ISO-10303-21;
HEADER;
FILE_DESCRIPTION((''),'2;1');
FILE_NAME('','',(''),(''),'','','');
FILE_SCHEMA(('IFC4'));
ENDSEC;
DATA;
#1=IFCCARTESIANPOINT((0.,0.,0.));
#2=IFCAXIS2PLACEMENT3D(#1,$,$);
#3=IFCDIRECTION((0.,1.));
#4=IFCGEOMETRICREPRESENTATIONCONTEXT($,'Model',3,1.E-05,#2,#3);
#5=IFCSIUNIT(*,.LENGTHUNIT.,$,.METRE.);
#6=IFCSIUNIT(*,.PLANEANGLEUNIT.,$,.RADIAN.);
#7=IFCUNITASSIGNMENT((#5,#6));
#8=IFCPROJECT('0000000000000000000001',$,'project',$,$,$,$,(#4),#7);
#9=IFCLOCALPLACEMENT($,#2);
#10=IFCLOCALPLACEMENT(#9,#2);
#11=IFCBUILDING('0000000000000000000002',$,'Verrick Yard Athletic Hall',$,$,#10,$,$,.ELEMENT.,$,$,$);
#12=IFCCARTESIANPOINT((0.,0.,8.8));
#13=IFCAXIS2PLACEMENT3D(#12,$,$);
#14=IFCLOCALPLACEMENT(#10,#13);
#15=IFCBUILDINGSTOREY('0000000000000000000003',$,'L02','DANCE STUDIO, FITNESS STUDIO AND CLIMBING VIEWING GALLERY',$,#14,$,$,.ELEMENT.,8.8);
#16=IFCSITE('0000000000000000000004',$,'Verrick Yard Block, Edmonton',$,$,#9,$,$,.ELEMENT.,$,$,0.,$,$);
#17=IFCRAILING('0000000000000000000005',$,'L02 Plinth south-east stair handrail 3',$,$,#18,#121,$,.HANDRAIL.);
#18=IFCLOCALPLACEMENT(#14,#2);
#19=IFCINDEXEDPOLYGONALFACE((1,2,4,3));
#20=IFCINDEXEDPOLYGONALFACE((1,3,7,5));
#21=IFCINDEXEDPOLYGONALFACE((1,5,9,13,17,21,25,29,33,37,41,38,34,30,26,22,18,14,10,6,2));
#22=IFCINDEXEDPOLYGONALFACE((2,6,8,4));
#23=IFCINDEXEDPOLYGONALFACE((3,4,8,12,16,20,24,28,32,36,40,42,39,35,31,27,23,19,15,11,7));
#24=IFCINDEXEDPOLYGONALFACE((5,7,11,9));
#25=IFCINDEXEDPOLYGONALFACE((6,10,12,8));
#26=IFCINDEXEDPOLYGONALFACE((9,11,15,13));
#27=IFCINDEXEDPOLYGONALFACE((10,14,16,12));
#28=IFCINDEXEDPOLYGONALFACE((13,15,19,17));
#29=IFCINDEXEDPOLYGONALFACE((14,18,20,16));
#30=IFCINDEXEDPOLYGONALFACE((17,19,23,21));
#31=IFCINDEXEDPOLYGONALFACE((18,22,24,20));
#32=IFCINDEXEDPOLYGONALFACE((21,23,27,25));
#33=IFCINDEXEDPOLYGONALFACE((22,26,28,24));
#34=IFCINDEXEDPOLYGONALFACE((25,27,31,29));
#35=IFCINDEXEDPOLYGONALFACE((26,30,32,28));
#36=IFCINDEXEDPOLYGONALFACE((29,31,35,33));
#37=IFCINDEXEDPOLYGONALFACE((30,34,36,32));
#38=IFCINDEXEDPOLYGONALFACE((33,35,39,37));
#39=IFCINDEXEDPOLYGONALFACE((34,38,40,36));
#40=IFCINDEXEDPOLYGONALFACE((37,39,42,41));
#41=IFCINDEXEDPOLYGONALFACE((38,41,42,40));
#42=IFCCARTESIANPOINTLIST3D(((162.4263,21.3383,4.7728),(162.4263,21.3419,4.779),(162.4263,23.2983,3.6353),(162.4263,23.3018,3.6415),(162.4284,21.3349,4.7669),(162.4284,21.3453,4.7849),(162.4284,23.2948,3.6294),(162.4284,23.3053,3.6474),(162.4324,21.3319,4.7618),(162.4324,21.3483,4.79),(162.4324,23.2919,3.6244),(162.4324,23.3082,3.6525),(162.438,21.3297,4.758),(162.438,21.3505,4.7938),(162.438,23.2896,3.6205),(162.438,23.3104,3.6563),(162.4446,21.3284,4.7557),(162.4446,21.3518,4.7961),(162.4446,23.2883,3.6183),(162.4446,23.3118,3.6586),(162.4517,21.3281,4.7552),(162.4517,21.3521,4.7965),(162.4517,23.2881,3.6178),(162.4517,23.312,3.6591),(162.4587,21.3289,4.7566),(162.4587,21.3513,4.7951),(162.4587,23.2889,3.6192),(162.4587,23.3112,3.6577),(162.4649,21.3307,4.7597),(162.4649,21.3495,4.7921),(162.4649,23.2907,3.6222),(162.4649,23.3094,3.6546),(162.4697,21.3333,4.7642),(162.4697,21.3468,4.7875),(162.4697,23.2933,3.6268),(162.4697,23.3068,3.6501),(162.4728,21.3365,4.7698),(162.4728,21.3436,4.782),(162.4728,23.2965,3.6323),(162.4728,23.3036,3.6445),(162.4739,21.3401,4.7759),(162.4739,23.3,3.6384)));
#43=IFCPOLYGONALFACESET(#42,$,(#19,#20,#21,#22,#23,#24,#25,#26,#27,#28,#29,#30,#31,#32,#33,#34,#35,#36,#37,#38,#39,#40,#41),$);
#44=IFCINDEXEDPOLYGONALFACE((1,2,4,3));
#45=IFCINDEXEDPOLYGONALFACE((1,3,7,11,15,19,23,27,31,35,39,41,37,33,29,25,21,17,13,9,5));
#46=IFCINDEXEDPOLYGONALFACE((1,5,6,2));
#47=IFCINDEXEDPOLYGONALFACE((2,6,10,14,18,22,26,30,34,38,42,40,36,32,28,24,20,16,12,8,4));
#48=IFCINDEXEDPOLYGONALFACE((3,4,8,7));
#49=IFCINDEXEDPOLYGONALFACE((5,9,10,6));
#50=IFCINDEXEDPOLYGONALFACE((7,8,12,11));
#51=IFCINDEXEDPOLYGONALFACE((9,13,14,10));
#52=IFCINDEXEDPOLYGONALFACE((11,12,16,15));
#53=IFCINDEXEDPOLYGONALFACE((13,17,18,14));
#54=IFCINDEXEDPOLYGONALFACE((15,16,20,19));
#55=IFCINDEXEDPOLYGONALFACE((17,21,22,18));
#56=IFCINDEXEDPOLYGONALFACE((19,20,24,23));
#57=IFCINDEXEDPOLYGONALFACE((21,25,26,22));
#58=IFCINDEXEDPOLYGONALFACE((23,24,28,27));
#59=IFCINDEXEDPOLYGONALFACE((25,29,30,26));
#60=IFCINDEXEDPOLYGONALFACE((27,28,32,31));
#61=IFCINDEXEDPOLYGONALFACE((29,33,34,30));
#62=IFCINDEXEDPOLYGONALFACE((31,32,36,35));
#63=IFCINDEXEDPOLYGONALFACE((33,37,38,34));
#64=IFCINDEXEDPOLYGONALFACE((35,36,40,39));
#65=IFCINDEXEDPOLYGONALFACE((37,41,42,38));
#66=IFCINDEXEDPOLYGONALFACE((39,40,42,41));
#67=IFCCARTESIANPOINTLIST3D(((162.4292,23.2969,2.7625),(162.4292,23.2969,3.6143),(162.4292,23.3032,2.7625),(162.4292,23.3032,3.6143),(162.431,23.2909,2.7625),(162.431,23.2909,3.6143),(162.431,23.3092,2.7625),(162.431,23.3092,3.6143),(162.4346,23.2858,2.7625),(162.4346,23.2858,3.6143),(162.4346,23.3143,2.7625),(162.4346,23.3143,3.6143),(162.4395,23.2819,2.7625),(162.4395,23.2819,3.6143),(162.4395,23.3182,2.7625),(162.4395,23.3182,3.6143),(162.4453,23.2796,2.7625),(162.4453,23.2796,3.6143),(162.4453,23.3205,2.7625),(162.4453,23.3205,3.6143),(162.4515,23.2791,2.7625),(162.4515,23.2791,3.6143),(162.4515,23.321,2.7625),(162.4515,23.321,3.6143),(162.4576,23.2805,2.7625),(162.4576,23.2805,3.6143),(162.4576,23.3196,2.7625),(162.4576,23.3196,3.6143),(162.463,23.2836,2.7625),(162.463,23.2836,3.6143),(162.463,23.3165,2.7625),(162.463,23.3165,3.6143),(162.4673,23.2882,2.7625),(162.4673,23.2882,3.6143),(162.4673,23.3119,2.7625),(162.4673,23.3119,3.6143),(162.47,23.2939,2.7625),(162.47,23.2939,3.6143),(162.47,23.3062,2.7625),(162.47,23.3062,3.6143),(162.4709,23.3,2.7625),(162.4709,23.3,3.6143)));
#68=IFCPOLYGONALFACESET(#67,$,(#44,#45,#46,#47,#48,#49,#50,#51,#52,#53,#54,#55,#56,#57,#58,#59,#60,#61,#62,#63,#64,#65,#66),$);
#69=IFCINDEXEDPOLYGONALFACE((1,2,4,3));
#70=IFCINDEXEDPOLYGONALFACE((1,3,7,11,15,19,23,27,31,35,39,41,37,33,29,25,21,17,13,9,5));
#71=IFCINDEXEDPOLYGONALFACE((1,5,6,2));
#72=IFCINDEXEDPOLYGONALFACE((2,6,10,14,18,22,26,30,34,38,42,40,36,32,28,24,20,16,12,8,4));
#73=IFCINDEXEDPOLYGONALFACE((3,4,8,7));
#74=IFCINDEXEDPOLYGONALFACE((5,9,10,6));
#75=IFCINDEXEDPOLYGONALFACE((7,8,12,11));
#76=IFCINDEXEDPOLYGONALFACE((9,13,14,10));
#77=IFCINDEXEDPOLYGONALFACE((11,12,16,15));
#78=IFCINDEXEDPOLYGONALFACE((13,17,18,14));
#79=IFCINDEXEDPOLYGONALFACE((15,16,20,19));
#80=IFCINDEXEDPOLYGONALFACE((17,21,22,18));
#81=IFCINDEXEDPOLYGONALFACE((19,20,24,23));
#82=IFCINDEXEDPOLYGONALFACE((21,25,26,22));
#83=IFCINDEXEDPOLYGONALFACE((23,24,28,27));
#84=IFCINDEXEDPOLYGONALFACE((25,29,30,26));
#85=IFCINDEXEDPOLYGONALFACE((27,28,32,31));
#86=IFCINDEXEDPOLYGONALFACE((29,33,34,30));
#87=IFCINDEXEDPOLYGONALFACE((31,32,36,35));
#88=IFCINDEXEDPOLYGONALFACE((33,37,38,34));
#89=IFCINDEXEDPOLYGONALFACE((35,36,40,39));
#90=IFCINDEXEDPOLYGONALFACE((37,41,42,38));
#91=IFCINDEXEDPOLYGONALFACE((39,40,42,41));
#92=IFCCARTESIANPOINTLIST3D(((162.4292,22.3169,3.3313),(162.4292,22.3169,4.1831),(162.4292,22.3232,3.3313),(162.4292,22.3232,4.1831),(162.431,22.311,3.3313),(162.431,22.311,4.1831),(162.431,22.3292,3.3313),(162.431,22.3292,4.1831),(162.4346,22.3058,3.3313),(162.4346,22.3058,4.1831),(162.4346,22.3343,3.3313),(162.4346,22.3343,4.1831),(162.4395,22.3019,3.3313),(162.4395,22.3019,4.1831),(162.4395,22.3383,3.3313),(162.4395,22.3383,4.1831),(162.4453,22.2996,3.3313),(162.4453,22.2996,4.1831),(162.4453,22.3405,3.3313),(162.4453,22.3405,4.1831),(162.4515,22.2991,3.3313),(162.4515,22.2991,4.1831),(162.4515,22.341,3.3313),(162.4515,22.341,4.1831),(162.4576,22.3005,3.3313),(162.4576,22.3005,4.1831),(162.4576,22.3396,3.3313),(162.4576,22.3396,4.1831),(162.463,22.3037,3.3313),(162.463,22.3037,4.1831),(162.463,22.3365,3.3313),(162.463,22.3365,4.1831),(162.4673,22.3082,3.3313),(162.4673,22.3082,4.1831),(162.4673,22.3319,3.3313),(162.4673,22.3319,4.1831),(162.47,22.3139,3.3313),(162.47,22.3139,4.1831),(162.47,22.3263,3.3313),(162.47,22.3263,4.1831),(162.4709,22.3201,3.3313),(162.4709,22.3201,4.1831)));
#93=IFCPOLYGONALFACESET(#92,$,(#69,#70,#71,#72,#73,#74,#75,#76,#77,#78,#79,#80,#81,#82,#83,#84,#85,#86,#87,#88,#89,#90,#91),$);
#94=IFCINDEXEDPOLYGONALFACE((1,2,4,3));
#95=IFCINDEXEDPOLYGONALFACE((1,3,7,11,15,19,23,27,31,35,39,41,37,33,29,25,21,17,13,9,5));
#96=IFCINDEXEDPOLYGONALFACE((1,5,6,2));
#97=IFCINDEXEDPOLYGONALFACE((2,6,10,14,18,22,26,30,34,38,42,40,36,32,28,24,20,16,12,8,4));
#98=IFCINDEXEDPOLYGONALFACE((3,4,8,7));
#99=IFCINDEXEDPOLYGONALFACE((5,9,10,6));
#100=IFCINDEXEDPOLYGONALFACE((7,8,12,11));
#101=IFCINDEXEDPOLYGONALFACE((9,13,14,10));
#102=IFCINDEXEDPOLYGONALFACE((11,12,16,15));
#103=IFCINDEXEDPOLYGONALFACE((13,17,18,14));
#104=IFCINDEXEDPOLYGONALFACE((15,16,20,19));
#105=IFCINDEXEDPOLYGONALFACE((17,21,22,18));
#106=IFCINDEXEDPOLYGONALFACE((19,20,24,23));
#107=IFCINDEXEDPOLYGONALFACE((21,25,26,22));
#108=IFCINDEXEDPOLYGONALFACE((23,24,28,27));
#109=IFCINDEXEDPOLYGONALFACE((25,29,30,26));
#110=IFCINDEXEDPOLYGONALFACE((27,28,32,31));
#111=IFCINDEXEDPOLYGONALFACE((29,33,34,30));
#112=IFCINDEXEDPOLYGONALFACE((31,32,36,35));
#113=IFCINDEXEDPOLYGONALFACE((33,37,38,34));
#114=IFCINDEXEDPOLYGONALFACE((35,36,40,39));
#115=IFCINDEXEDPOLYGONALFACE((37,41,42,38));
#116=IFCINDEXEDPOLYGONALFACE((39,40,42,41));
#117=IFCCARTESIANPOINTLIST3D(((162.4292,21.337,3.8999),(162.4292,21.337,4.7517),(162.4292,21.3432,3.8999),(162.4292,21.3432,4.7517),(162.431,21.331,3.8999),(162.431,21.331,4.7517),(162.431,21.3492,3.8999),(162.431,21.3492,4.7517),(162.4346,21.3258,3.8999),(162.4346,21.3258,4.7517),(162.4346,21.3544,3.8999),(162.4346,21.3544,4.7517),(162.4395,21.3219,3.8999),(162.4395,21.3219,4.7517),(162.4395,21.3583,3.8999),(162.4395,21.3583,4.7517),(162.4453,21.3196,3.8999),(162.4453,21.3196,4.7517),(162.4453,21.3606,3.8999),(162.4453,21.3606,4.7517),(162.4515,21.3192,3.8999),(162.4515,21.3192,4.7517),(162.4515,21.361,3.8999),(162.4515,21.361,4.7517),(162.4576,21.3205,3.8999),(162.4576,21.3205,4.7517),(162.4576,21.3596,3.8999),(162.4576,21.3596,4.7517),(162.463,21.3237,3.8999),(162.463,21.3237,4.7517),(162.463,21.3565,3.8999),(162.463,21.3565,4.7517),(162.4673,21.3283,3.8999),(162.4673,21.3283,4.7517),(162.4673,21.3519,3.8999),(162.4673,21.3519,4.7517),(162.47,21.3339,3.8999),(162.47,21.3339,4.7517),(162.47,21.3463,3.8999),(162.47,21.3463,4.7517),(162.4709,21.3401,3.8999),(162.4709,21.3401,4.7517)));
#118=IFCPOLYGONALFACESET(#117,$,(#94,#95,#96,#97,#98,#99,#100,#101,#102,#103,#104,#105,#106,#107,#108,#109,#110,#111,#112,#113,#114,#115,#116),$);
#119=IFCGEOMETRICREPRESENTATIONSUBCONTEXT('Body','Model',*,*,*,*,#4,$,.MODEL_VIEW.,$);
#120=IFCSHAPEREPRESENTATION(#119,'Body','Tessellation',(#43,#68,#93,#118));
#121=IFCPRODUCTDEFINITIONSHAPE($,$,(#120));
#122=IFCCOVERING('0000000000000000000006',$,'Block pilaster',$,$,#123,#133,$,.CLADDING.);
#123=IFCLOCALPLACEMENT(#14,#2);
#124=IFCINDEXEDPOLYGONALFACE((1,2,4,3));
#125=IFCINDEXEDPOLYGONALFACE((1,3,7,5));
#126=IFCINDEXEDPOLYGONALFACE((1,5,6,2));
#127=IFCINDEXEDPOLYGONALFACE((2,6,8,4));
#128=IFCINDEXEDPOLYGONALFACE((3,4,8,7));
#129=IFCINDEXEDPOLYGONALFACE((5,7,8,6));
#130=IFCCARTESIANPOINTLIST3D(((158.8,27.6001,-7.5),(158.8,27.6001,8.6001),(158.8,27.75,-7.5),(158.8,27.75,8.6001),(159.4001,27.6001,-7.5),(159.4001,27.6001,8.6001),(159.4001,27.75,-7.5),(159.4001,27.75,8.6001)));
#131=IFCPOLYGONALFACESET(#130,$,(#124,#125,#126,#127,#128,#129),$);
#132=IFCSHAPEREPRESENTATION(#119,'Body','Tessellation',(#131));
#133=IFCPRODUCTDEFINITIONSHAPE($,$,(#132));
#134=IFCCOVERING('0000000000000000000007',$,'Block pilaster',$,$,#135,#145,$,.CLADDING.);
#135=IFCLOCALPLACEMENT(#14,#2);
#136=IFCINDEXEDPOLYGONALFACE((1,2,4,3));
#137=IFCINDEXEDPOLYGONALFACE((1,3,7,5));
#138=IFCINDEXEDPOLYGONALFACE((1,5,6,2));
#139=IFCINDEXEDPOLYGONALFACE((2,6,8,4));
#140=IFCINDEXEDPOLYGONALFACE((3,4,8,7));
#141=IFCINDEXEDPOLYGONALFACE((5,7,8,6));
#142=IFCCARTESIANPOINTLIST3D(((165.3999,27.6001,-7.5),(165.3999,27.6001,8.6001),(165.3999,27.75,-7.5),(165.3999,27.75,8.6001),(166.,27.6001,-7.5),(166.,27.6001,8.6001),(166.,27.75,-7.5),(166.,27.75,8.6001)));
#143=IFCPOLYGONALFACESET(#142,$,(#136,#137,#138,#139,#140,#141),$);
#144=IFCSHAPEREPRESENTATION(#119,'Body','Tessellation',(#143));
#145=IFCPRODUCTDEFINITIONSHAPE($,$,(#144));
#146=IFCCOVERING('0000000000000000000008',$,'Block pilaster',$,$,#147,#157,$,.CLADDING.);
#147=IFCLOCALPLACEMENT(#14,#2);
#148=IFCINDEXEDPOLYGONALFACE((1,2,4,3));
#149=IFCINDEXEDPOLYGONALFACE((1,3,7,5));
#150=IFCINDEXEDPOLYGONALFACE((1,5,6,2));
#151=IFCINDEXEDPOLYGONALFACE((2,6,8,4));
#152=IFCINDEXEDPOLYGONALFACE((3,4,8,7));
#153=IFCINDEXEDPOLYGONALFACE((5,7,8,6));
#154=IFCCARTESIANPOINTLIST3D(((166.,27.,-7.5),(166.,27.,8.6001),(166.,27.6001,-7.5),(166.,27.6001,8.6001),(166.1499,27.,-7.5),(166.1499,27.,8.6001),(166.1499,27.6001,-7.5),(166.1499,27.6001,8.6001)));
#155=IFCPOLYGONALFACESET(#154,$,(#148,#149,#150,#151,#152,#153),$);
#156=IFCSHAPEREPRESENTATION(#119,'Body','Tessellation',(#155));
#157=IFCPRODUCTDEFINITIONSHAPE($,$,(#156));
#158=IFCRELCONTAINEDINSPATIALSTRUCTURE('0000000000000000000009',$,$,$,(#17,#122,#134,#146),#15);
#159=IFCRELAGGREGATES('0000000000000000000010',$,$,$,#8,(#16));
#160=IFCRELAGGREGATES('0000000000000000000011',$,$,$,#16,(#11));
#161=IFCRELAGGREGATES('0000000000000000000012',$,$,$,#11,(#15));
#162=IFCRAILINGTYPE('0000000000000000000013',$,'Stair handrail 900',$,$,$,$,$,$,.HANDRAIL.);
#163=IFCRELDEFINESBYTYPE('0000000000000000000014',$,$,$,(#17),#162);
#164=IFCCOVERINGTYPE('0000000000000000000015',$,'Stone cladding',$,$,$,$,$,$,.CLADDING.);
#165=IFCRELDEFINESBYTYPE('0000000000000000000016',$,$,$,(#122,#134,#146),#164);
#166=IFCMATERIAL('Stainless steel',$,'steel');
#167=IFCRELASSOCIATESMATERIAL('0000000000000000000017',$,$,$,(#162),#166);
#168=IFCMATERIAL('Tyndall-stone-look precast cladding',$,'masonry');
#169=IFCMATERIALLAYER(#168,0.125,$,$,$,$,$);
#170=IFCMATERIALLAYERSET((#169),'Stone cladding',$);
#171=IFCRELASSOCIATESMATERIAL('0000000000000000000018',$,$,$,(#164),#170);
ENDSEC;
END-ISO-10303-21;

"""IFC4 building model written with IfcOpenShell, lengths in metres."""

from ifc_helpers import new_model, si_unit, direction, frame, origin, origin_2d, place, context, subcontext, project, spatial, rectangle, circle, extrude, material, layer, layer_set, type_object, element, save


model = new_model("IFC4")

# Units and contexts
model_context = context("Model", 3, precision=1e-05, world=origin(), true_north=direction((0.0, 1.0)))
body_context = subcontext(model_context, "Body", "Model", "MODEL_VIEW")
ifc_project = project(units=[si_unit("LENGTHUNIT", "METRE"), si_unit("PLANEANGLEUNIT", "RADIAN")], contexts=[model_context])

# Site, building, storey
site_placement = place(None, origin())
site = spatial("IfcSite", under=ifc_project, at=site_placement, Name="Verrick Yard Block, Edmonton", CompositionType="ELEMENT", RefElevation=0.0)
building_placement = place(site_placement, origin())
building = spatial("IfcBuilding", under=site, at=building_placement, Name="Verrick Yard Athletic Hall", CompositionType="ELEMENT")
storey_placement = place(building_placement, frame((0.0, 0.0, 8.8)))
storey = spatial("IfcBuildingStorey", under=building, at=storey_placement, Name="L02", Description="DANCE STUDIO, FITNESS STUDIO AND CLIMBING VIEWING GALLERY", CompositionType="ELEMENT", Elevation=8.8)

# Railing
ifc_material_1 = material(Name="Stainless steel", Category="steel")
railing_type_1 = type_object("IfcRailingType", Name="Stair handrail 900", PredefinedType="HANDRAIL", material=ifc_material_1)
railing_1_placement = place(storey_placement, frame((162.45, 23.3, 2.7625)))
element("IfcRailing", 1, at=railing_1_placement, inside=storey, type_object=railing_type_1, Name="L02 Plinth south-east stair handrail 3", PredefinedType="HANDRAIL", context=body_context, shape_type="SweptSolid", body=[
    extrude(circle(Radius=0.0239, at=origin_2d()), frame((0.0, 0.0, 0.876), z_axis=(0.0, -0.864902, 0.501941), x_axis=(1.0, 0.0, 0.0)), (0.0, 0.0, 1.0), 2.2661),
    extrude(circle(Radius=0.021, at=origin_2d()), origin(), (0.0, 0.0, 1.0), 0.8518),
    extrude(circle(Radius=0.021, at=origin_2d()), frame((0.0, -0.98, 0.5688)), (0.0, 0.0, 1.0), 0.8518),
    extrude(circle(Radius=0.021, at=origin_2d()), frame((0.0, -1.96, 1.1375)), (0.0, 0.0, 1.0), 0.8518),
])

# Coverings
ifc_material_2 = material(Name="Tyndall-stone-look precast cladding", Category="masonry")
ifc_layer_1 = layer(ifc_material_2, 0.125)
ifc_layer_set_1 = layer_set([ifc_layer_1], Name="Stone cladding")
covering_type_1 = type_object("IfcCoveringType", Name="Stone cladding", PredefinedType="CLADDING", material=ifc_layer_set_1)
for number, where, z_axis, x_axis, name in (
    (2, (159.1001, 27.675, -7.5), (0.0, 0.0, 1.0), (1.0, 0.0, 0.0), "Block pilaster"),
    (3, (165.7, 27.675, -7.5), (0.0, 0.0, 1.0), (1.0, 0.0, 0.0), "Block pilaster"),
):
    element("IfcCovering", number, at=place(storey_placement, frame(where, z_axis=z_axis, x_axis=x_axis)), inside=storey, type_object=covering_type_1, Name=name, PredefinedType="CLADDING", context=body_context, shape_type="SweptSolid", body=[
        extrude(rectangle(XDim=0.6001, YDim=0.1499, at=origin_2d()), origin(), (0.0, 0.0, 1.0), 16.1001),
    ])
covering_1_placement = place(storey_placement, frame((166.075, 27.3, -7.5), z_axis=(0.0, 0.0, 1.0), x_axis=(1.0, 0.0, 0.0)))
element("IfcCovering", 4, at=covering_1_placement, inside=storey, type_object=covering_type_1, Name="Block pilaster", PredefinedType="CLADDING", context=body_context, shape_type="SweptSolid", body=[
    extrude(rectangle(XDim=0.1499, YDim=0.6001, at=origin_2d()), origin(), (0.0, 0.0, 1.0), 16.1001),
])

save(model, "model.ifc")
